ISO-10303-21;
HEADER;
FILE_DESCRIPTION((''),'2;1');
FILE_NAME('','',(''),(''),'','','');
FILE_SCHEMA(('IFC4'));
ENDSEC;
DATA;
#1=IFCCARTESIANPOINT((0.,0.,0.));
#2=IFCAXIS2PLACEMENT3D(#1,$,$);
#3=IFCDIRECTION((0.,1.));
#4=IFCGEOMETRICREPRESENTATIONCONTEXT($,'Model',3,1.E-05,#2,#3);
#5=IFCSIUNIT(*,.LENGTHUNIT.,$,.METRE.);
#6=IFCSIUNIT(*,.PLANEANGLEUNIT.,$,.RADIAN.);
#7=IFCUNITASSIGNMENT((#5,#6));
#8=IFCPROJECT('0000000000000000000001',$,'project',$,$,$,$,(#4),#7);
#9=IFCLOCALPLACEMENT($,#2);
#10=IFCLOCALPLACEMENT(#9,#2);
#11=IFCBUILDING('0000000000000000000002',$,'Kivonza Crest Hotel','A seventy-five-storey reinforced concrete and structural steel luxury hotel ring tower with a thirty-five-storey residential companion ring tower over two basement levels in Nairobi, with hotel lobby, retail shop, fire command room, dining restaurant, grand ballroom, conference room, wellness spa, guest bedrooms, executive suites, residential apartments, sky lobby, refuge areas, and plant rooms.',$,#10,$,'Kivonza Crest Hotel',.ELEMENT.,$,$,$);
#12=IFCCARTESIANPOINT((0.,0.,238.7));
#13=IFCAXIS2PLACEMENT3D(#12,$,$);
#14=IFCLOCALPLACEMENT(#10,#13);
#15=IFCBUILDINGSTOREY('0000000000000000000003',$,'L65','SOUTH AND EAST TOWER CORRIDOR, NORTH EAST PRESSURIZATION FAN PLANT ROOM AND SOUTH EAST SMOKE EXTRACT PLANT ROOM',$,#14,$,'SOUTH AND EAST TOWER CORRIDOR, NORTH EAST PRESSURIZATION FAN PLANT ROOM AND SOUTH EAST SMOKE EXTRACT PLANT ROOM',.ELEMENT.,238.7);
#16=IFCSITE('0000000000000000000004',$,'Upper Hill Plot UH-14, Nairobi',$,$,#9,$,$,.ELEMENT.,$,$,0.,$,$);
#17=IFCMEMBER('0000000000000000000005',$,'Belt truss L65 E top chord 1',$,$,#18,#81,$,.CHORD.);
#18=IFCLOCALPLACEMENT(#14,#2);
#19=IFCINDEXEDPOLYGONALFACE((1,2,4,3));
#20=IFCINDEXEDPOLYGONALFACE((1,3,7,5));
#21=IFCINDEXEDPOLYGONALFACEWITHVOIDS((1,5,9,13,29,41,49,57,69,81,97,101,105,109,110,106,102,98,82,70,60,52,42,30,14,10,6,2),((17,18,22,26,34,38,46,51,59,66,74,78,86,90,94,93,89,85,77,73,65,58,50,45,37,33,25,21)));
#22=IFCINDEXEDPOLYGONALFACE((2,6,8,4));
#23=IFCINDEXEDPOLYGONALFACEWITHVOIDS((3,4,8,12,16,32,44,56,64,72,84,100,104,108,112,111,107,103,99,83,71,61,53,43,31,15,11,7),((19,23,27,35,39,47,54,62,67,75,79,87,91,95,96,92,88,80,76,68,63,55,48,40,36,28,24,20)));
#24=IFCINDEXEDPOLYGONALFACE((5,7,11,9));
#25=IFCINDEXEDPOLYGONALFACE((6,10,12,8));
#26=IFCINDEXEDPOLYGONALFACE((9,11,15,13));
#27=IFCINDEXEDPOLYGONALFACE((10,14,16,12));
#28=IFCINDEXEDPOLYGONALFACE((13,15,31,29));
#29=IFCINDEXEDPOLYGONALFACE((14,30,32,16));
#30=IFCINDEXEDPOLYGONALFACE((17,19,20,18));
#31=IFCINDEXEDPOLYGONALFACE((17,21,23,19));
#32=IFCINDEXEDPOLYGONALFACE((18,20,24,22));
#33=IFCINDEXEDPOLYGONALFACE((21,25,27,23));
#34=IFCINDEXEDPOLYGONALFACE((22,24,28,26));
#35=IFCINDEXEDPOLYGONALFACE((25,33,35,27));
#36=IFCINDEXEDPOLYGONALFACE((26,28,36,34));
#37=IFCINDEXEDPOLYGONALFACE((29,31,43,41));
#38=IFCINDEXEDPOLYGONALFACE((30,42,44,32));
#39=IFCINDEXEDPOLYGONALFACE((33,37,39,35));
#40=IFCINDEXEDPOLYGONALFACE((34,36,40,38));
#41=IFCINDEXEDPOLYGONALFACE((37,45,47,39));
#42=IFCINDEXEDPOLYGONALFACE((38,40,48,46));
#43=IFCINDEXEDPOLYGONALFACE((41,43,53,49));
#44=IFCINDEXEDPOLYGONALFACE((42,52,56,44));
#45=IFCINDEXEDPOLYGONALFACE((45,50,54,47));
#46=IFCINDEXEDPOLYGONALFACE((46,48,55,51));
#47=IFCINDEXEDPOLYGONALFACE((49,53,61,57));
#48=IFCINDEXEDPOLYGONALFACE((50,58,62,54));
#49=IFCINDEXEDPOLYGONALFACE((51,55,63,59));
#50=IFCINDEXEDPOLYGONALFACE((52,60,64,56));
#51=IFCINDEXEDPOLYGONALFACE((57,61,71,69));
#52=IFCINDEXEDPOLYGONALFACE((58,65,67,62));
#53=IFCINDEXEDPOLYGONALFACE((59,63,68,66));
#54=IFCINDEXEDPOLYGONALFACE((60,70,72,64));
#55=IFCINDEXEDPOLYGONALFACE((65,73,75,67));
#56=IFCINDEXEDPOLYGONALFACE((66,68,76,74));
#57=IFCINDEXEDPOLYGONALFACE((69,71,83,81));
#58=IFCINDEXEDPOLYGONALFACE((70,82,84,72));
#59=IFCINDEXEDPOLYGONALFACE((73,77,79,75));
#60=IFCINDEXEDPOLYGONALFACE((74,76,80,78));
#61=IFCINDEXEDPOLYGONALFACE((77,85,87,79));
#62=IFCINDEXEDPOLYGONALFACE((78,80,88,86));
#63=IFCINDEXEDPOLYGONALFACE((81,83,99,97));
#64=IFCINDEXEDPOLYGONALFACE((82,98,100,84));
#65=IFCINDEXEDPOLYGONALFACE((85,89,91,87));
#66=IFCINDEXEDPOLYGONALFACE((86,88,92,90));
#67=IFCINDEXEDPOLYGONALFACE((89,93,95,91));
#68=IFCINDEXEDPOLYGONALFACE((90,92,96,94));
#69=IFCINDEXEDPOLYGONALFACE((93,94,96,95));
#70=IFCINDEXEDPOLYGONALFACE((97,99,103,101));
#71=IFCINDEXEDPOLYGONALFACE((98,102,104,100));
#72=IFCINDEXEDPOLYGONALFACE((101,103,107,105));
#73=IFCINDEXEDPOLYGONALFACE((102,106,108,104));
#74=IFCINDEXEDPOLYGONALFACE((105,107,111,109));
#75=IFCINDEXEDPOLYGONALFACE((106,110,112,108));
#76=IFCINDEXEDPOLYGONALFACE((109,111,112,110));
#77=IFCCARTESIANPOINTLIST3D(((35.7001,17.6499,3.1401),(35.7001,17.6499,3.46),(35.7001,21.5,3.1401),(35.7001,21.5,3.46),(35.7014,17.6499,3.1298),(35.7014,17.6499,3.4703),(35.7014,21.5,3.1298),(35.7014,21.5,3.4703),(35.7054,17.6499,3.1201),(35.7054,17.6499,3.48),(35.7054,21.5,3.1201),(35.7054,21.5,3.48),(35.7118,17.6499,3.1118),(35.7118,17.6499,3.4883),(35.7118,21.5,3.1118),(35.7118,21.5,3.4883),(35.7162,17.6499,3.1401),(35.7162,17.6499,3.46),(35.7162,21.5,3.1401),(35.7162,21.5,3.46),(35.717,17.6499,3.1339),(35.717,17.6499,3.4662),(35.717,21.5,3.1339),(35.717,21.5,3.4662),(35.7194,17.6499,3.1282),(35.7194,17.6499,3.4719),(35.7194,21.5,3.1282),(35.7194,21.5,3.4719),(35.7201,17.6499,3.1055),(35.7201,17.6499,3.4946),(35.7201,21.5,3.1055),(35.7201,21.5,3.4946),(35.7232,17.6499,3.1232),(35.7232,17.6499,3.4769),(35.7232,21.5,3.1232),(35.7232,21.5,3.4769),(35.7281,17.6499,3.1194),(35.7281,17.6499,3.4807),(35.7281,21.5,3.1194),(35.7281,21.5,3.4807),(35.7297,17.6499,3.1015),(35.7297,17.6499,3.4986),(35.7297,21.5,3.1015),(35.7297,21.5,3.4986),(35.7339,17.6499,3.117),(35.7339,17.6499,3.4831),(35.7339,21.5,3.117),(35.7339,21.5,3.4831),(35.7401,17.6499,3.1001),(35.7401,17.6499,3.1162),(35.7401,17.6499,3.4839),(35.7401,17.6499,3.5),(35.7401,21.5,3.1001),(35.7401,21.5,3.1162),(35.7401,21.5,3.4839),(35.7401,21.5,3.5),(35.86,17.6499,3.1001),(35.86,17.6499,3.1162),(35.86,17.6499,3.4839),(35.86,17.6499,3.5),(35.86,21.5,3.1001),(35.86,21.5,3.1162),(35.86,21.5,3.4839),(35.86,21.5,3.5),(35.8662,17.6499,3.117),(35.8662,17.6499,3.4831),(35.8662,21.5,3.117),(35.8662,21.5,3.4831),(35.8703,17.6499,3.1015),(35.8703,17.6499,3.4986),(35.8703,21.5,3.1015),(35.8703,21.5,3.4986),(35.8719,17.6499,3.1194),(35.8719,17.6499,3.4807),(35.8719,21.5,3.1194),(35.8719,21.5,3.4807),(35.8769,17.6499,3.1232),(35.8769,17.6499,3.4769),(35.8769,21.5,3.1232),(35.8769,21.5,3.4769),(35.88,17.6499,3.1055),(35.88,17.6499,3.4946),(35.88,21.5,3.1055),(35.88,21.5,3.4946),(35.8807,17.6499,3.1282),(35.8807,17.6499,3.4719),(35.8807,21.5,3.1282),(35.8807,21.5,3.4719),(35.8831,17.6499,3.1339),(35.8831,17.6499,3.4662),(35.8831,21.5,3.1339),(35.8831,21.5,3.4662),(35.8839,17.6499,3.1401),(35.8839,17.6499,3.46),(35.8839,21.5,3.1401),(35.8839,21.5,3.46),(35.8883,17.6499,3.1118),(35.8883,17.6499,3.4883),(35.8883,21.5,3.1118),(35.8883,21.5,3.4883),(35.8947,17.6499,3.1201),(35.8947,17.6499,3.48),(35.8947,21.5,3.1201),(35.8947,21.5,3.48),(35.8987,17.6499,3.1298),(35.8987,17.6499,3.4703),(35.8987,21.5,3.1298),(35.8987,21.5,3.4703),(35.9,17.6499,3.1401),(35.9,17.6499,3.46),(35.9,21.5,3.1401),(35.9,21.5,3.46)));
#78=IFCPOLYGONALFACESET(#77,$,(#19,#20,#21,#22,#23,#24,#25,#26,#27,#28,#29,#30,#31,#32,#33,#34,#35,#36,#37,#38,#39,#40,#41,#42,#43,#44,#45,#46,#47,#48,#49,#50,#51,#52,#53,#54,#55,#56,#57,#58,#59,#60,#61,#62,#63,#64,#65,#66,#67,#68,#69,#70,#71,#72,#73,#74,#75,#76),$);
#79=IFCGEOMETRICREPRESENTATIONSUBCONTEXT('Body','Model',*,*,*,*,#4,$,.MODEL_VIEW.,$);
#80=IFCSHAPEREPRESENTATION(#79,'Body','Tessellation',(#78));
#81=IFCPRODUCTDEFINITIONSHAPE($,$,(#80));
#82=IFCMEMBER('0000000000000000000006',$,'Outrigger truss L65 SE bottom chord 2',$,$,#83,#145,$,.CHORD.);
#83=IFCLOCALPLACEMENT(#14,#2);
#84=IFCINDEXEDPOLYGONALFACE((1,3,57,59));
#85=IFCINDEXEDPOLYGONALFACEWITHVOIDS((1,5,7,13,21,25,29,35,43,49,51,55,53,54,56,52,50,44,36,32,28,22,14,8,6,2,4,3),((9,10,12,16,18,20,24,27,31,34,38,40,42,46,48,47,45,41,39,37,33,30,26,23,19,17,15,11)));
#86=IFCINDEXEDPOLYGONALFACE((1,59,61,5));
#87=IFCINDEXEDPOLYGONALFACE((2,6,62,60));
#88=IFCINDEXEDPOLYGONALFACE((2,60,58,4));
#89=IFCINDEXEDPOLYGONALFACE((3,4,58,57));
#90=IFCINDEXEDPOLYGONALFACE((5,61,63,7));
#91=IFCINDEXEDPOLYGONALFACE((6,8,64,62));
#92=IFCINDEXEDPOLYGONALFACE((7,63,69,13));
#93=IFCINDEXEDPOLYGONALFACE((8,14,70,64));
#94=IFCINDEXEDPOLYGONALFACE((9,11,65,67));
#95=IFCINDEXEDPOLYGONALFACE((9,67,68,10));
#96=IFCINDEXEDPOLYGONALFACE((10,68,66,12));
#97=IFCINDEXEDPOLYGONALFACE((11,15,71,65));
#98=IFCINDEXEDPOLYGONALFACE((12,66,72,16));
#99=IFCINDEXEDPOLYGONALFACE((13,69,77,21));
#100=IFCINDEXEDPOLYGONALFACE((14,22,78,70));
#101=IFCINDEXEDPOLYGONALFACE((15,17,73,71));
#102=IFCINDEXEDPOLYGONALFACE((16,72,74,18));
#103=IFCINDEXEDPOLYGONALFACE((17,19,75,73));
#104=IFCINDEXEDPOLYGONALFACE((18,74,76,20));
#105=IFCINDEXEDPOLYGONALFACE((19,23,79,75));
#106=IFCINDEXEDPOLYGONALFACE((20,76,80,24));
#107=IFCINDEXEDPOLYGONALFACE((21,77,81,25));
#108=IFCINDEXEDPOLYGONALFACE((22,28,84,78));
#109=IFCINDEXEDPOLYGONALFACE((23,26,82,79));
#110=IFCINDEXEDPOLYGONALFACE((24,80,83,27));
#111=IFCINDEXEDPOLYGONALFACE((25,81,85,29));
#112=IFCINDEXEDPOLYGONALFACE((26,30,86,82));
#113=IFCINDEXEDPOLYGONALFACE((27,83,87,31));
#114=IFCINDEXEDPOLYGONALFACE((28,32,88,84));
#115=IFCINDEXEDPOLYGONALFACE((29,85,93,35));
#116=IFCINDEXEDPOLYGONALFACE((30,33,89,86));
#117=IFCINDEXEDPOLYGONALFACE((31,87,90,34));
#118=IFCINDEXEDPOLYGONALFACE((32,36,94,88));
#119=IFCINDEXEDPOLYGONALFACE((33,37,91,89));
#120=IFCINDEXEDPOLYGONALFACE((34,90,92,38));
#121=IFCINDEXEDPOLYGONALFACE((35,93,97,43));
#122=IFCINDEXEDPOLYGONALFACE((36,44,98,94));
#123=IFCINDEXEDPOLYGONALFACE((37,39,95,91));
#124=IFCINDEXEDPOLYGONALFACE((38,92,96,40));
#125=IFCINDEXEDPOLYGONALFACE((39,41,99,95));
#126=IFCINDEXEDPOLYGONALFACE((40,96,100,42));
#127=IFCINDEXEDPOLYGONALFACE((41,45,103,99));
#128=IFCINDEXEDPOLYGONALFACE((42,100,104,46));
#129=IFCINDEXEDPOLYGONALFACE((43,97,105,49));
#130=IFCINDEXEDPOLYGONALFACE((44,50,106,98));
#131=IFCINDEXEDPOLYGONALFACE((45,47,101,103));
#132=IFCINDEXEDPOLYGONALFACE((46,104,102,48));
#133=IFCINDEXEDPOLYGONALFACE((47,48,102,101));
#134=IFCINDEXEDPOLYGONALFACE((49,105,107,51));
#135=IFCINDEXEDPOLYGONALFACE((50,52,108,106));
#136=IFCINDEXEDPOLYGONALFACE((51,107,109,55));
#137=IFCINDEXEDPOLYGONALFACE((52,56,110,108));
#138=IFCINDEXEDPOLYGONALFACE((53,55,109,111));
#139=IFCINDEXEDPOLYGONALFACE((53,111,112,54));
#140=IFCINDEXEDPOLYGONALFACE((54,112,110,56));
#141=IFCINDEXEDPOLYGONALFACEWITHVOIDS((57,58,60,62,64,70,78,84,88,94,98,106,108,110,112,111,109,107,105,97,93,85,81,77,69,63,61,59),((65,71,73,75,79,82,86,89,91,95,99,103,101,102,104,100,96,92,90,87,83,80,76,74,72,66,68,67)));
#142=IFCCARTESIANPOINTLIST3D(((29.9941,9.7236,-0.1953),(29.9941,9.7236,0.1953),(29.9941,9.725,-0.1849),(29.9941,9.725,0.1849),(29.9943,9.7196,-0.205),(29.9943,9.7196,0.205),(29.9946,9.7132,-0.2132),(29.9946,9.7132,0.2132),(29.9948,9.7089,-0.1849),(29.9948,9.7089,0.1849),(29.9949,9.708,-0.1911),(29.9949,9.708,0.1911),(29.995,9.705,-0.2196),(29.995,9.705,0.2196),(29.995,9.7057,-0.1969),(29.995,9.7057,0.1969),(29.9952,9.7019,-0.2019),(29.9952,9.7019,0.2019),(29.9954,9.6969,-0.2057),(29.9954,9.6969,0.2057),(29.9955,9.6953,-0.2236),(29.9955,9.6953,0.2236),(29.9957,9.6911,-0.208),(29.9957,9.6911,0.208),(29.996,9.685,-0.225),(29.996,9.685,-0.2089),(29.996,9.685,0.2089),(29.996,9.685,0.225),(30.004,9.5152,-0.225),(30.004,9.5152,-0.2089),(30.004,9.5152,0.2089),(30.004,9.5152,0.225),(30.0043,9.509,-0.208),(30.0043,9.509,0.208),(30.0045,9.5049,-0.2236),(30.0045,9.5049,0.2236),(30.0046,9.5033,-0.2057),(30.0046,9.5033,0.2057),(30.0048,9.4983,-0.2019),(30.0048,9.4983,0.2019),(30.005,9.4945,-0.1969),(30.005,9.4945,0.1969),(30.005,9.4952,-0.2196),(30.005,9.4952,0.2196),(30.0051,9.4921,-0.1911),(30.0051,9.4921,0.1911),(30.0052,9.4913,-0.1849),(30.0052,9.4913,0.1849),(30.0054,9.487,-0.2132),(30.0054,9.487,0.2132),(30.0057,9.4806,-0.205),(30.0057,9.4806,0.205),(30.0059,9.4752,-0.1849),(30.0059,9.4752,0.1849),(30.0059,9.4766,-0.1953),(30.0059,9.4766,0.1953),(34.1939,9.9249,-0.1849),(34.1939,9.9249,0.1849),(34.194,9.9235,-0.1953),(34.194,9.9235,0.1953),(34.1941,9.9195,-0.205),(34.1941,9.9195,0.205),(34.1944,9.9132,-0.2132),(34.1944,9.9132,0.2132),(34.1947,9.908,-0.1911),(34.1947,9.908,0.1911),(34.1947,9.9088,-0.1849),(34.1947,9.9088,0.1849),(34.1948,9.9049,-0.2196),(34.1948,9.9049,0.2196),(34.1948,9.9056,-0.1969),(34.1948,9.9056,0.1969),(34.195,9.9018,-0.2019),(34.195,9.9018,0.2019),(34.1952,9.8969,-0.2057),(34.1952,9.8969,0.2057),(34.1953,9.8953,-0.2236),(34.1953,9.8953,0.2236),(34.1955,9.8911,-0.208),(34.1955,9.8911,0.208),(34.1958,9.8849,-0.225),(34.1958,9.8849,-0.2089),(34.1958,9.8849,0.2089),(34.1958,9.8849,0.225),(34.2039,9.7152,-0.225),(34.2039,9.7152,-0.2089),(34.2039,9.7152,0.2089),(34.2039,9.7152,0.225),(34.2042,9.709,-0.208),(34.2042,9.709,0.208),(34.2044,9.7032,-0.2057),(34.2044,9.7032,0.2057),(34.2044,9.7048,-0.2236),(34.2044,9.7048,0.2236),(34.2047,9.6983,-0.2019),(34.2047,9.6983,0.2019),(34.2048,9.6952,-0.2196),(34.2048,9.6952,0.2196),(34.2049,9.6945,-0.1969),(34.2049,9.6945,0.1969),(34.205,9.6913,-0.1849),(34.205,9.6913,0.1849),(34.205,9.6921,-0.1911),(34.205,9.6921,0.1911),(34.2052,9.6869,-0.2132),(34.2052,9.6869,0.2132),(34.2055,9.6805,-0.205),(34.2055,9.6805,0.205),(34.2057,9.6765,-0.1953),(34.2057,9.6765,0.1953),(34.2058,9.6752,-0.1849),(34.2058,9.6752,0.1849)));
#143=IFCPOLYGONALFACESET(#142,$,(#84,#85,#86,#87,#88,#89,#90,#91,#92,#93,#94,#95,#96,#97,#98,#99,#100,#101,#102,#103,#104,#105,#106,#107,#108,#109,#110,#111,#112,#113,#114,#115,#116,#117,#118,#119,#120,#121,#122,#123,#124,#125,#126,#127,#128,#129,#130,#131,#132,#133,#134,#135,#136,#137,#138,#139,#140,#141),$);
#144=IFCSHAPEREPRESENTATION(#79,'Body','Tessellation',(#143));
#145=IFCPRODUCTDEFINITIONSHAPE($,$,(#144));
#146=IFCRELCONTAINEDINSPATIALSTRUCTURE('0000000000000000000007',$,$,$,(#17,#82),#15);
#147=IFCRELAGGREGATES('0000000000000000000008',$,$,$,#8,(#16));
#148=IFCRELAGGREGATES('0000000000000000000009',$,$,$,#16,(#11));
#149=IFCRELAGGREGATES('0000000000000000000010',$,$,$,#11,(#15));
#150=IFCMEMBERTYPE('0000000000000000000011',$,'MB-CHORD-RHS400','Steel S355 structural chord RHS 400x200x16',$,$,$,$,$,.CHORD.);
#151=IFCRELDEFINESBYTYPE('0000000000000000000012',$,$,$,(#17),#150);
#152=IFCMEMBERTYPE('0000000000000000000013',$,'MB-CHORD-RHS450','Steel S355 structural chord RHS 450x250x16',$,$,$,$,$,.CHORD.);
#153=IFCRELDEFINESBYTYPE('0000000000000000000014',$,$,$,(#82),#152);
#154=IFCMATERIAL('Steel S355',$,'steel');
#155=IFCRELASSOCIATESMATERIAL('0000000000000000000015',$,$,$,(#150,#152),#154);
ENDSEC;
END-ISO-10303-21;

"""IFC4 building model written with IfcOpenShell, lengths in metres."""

from ifc_helpers import new_model, si_unit, direction, frame, origin, origin_2d, place, context, subcontext, project, spatial, hollow_rectangle, extrude, material, material_profile, profile_set, type_object, element, save


model = new_model("IFC4")

# Units and contexts
model_context = context("Model", 3, precision=1e-05, world=origin(), true_north=direction((0.0, 1.0)))
body_context = subcontext(model_context, "Body", "Model", "MODEL_VIEW")
ifc_project = project(units=[si_unit("LENGTHUNIT", "METRE"), si_unit("PLANEANGLEUNIT", "RADIAN")], contexts=[model_context])

# Site, building, storey
site_placement = place(None, origin())
site = spatial("IfcSite", under=ifc_project, at=site_placement, Name="Upper Hill Plot UH-14, Nairobi", CompositionType="ELEMENT", RefElevation=0.0)
building_placement = place(site_placement, origin())
building = spatial("IfcBuilding", under=site, at=building_placement, Name="Kivonza Crest Hotel", Description="A seventy-five-storey reinforced concrete and structural steel luxury hotel ring tower with a thirty-five-storey residential companion ring tower over two basement levels in Nairobi, with hotel lobby, retail shop, fire command room, dining restaurant, grand ballroom, conference room, wellness spa, guest bedrooms, executive suites, residential apartments, sky lobby, refuge areas, and plant rooms.", LongName="Kivonza Crest Hotel", CompositionType="ELEMENT")
storey_placement = place(building_placement, frame((0.0, 0.0, 238.7)))
storey = spatial("IfcBuildingStorey", under=building, at=storey_placement, Name="L65", Description="SOUTH AND EAST TOWER CORRIDOR, NORTH EAST PRESSURIZATION FAN PLANT ROOM AND SOUTH EAST SMOKE EXTRACT PLANT ROOM", LongName="SOUTH AND EAST TOWER CORRIDOR, NORTH EAST PRESSURIZATION FAN PLANT ROOM AND SOUTH EAST SMOKE EXTRACT PLANT ROOM", CompositionType="ELEMENT", Elevation=238.7)

# Shared definitions
ifc_material_1 = material(Name="Steel S355", Category="steel")

# Members
ifc_material_profile_1 = material_profile(ifc_material_1, hollow_rectangle(XDim=0.2, YDim=0.3999, WallThickness=0.0161, InnerFilletRadius=0.0239, OuterFilletRadius=0.04, at=origin_2d()), Name="RHS 400x200x16")
ifc_profile_set_1 = profile_set([ifc_material_profile_1], Name="Steel S355")
member_type_1 = type_object("IfcMemberType", Name="MB-CHORD-RHS400", Description="Steel S355 structural chord RHS 400x200x16", PredefinedType="CHORD", material=ifc_profile_set_1)
for number, where, z_axis, x_axis, name in (
    (1, (35.8, 17.6499, 3.3), (0.0, 1.0, 0.0), (-1.0, 0.0, 0.0), "Belt truss L65 E top chord 1"),
):
    element("IfcMember", number, at=place(storey_placement, frame(where, z_axis=z_axis, x_axis=x_axis)), inside=storey, type_object=member_type_1, Name=name, PredefinedType="CHORD", context=body_context, shape_type="SweptSolid", body=[
        extrude(hollow_rectangle(XDim=0.2, YDim=0.3999, WallThickness=0.0161, InnerFilletRadius=0.0239, OuterFilletRadius=0.04, at=origin_2d()), origin(), (0.0, 0.0, 1.0), 3.8501),
    ])
ifc_material_profile_2 = material_profile(ifc_material_1, hollow_rectangle(XDim=0.25, YDim=0.45, WallThickness=0.0161, InnerFilletRadius=0.0239, OuterFilletRadius=0.04, at=origin_2d()), Name="RHS 450x250x16")
ifc_profile_set_2 = profile_set([ifc_material_profile_2], Name="Steel S355")
member_type_2 = type_object("IfcMemberType", Name="MB-CHORD-RHS450", Description="Steel S355 structural chord RHS 450x250x16", PredefinedType="CHORD", material=ifc_profile_set_2)
for number, where, z_axis, x_axis, name in (
    (2, (30.0, 9.6001, 0.0), (0.998869, 0.047554, 0.0), (-0.047554, 0.998869, 0.0), "Outrigger truss L65 SE bottom chord 2"),
):
    element("IfcMember", number, at=place(storey_placement, frame(where, z_axis=z_axis, x_axis=x_axis)), inside=storey, type_object=member_type_2, Name=name, PredefinedType="CHORD", context=body_context, shape_type="SweptSolid", body=[
        extrude(hollow_rectangle(XDim=0.25, YDim=0.45, WallThickness=0.0161, InnerFilletRadius=0.0239, OuterFilletRadius=0.04, at=origin_2d()), origin(), (0.0, 0.0, 1.0), 4.2046),
    ])

save(model, "model.ifc")
